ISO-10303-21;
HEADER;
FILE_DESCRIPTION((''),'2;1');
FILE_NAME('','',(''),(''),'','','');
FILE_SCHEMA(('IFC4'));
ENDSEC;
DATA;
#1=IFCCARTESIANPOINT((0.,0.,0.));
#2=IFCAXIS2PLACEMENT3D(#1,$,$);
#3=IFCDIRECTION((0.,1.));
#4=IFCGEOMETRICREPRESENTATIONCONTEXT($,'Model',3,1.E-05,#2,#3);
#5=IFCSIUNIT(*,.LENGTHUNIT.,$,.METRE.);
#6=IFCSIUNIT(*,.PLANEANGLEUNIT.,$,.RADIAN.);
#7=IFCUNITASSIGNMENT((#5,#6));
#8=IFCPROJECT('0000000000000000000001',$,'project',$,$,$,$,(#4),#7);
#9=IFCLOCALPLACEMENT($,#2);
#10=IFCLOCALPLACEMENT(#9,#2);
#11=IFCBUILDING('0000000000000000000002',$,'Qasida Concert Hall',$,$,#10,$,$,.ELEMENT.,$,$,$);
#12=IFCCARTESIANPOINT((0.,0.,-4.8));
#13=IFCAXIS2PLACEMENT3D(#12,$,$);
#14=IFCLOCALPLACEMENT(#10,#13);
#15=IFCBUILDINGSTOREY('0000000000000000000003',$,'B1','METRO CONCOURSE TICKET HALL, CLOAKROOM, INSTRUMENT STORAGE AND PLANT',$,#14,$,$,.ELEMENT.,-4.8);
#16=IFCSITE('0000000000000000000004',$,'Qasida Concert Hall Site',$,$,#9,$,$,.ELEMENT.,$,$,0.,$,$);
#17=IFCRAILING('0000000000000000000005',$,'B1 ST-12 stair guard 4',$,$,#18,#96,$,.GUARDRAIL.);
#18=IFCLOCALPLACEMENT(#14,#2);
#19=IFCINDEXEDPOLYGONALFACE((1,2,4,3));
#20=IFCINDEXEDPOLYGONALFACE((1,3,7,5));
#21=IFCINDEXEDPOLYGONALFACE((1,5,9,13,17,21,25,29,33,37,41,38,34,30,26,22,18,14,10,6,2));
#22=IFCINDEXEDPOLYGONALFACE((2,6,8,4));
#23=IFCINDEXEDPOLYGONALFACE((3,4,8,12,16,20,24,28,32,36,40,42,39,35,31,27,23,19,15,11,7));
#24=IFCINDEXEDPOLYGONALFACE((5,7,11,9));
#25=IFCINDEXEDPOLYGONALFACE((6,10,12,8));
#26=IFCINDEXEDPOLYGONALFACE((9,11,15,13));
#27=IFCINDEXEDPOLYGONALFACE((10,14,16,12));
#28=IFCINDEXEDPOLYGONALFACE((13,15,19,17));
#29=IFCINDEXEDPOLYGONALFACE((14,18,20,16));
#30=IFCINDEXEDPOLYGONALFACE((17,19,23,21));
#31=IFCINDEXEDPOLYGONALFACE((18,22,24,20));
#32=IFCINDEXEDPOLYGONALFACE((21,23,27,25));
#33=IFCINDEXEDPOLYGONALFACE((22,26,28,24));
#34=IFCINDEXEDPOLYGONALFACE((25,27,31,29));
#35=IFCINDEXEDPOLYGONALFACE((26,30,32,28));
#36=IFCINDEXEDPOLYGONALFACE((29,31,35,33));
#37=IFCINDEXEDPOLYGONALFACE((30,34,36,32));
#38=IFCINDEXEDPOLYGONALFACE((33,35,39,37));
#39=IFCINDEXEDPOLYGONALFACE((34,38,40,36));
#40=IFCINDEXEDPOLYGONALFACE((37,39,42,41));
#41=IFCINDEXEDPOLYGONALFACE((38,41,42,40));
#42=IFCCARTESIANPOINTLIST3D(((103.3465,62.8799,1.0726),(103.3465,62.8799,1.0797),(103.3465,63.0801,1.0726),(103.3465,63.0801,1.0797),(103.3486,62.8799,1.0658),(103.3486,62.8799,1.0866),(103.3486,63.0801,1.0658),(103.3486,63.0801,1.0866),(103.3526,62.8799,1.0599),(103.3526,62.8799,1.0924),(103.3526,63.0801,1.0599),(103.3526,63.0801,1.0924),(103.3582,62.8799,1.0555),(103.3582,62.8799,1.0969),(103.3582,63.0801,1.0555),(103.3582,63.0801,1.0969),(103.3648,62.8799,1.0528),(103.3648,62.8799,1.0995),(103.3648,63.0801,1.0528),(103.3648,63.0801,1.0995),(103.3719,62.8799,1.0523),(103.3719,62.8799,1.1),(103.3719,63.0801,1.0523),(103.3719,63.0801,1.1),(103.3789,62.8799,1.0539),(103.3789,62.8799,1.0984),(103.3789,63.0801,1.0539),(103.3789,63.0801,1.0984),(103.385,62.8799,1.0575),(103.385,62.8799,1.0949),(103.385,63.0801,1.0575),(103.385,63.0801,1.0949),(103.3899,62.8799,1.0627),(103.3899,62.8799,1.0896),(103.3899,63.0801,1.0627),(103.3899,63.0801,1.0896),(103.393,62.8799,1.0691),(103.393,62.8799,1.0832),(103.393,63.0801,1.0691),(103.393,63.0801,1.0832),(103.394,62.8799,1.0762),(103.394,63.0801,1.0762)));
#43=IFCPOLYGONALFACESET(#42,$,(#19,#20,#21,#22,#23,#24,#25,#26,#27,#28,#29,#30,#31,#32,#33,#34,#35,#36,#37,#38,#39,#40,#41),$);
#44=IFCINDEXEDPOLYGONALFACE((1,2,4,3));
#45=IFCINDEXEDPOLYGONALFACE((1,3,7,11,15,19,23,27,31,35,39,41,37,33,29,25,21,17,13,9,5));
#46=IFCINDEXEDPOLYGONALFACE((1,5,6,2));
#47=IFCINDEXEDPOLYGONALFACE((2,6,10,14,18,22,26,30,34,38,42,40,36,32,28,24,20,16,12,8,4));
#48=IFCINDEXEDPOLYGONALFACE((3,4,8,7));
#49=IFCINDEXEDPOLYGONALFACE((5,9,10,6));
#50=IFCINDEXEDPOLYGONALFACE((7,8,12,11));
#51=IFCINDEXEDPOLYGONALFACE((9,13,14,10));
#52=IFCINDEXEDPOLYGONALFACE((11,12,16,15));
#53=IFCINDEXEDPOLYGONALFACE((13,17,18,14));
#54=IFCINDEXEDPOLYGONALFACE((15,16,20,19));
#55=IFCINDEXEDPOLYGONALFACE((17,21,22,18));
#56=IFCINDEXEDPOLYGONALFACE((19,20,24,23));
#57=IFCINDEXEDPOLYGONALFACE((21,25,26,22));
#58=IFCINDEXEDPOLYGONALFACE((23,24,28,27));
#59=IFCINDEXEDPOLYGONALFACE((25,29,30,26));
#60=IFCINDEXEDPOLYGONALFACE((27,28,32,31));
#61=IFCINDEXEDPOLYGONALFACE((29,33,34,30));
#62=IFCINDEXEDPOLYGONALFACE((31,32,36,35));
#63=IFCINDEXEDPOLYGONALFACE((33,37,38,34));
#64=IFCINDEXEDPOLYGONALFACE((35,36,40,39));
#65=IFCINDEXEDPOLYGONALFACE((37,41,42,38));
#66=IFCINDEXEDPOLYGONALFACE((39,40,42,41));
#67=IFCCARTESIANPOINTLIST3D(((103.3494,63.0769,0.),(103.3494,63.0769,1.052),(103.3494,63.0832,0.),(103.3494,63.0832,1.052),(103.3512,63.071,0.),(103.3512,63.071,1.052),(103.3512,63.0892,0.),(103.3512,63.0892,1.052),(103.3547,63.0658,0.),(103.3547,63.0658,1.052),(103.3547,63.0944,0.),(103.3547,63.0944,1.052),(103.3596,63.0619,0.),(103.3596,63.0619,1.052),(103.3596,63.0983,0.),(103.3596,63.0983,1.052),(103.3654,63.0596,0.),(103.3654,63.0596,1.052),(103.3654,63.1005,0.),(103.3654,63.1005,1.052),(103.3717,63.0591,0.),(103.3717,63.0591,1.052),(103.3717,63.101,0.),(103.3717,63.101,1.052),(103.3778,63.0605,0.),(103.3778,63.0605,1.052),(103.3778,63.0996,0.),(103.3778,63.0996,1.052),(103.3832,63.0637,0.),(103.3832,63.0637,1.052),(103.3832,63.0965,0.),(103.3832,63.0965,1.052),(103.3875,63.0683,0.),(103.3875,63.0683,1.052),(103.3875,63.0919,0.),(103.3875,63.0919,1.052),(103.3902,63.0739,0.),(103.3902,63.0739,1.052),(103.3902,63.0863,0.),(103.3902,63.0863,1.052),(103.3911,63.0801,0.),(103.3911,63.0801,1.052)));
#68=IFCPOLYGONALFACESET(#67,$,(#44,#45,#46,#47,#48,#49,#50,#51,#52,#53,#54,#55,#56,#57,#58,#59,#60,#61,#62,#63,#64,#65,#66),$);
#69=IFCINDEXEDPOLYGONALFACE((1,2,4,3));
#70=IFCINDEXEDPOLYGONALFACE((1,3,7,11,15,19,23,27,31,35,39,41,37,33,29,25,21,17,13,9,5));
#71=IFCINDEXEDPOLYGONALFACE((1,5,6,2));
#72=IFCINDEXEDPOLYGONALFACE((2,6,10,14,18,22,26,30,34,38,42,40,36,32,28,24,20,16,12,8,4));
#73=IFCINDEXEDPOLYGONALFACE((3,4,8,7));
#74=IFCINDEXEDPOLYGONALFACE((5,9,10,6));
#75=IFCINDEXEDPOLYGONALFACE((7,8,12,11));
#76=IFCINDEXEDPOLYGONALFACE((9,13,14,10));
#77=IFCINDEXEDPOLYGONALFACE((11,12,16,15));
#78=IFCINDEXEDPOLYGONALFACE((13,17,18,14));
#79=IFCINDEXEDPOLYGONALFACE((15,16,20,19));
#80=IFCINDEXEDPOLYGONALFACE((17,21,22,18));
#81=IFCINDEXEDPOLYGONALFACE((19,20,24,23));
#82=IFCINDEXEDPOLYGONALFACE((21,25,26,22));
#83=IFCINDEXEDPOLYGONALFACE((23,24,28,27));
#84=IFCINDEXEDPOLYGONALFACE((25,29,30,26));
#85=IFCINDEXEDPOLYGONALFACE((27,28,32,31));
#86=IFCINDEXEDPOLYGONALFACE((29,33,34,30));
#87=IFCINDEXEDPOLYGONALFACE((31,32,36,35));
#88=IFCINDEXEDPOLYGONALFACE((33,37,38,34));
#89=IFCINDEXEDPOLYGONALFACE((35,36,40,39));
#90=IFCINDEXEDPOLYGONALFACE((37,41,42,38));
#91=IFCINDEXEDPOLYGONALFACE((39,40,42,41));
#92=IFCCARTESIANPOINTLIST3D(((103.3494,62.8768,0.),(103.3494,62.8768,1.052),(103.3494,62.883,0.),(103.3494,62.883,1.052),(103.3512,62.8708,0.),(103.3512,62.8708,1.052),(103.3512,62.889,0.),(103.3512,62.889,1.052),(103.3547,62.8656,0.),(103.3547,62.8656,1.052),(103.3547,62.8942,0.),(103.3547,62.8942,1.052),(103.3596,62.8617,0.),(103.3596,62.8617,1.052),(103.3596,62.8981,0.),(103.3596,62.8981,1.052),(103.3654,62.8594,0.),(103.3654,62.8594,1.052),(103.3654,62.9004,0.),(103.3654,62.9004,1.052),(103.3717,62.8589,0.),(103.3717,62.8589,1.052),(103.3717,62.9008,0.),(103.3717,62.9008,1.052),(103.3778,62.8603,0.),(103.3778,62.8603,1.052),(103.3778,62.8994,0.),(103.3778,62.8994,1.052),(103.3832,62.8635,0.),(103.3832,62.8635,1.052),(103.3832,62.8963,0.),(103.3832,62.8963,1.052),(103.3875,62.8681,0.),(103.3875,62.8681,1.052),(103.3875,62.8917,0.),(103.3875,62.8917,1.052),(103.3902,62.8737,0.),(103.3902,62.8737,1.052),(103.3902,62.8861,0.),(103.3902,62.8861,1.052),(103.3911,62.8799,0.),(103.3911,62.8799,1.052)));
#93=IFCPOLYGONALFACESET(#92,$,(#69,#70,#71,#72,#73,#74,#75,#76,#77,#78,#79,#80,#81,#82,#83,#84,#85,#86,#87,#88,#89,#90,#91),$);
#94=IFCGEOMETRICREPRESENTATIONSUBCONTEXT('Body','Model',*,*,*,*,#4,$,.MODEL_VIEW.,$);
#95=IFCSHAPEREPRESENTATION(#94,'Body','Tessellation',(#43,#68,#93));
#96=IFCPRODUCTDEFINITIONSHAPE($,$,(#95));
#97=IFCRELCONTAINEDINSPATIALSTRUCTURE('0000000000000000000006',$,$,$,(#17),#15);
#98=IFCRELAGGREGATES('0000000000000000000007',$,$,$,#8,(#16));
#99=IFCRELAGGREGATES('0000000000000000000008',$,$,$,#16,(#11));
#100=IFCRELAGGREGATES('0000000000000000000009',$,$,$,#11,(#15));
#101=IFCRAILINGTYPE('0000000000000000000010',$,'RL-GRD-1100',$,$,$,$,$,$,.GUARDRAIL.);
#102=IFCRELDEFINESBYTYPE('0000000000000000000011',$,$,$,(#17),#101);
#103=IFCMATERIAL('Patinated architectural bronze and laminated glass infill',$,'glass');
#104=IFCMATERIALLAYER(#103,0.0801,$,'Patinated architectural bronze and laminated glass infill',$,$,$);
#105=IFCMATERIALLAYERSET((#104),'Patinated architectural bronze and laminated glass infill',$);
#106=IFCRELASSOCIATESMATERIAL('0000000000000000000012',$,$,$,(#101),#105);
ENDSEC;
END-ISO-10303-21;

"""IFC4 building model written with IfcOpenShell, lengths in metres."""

from ifc_helpers import new_model, si_unit, direction, frame, origin, origin_2d, place, context, subcontext, project, spatial, circle, extrude, material, layer, layer_set, type_object, element, save


model = new_model("IFC4")

# Units and contexts
model_context = context("Model", 3, precision=1e-05, world=origin(), true_north=direction((0.0, 1.0)))
body_context = subcontext(model_context, "Body", "Model", "MODEL_VIEW")
ifc_project = project(units=[si_unit("LENGTHUNIT", "METRE"), si_unit("PLANEANGLEUNIT", "RADIAN")], contexts=[model_context])

# Site, building, storey
site_placement = place(None, origin())
site = spatial("IfcSite", under=ifc_project, at=site_placement, Name="Qasida Concert Hall Site", CompositionType="ELEMENT", RefElevation=0.0)
building_placement = place(site_placement, origin())
building = spatial("IfcBuilding", under=site, at=building_placement, Name="Qasida Concert Hall", CompositionType="ELEMENT")
storey_placement = place(building_placement, frame((0.0, 0.0, -4.8)))
storey = spatial("IfcBuildingStorey", under=building, at=storey_placement, Name="B1", Description="METRO CONCOURSE TICKET HALL, CLOAKROOM, INSTRUMENT STORAGE AND PLANT", CompositionType="ELEMENT", Elevation=-4.8)

# Railing
ifc_material_1 = material(Name="Patinated architectural bronze and laminated glass infill", Category="glass")
ifc_layer_1 = layer(ifc_material_1, 0.0801, Name="Patinated architectural bronze and laminated glass infill")
ifc_layer_set_1 = layer_set([ifc_layer_1], Name="Patinated architectural bronze and laminated glass infill")
railing_type_1 = type_object("IfcRailingType", Name="RL-GRD-1100", PredefinedType="GUARDRAIL", material=ifc_layer_set_1)
railing_1_placement = place(storey_placement, frame((103.3701, 63.0801, 0.0)))
element("IfcRailing", 1, at=railing_1_placement, inside=storey, type_object=railing_type_1, Name="B1 ST-12 stair guard 4", PredefinedType="GUARDRAIL", context=body_context, shape_type="SweptSolid", body=[
    extrude(circle(Radius=0.0239, at=origin_2d()), frame((0.0, 0.0, 1.0762), z_axis=(0.0, -1.0, 0.0), x_axis=(1.0, 0.0, 0.0)), (0.0, 0.0, 1.0), 0.2002),
    extrude(circle(Radius=0.021, at=origin_2d()), origin(), (0.0, 0.0, 1.0), 1.052),
    extrude(circle(Radius=0.021, at=origin_2d()), frame((0.0, -0.2002, 0.0)), (0.0, 0.0, 1.0), 1.052),
])

save(model, "model.ifc")
